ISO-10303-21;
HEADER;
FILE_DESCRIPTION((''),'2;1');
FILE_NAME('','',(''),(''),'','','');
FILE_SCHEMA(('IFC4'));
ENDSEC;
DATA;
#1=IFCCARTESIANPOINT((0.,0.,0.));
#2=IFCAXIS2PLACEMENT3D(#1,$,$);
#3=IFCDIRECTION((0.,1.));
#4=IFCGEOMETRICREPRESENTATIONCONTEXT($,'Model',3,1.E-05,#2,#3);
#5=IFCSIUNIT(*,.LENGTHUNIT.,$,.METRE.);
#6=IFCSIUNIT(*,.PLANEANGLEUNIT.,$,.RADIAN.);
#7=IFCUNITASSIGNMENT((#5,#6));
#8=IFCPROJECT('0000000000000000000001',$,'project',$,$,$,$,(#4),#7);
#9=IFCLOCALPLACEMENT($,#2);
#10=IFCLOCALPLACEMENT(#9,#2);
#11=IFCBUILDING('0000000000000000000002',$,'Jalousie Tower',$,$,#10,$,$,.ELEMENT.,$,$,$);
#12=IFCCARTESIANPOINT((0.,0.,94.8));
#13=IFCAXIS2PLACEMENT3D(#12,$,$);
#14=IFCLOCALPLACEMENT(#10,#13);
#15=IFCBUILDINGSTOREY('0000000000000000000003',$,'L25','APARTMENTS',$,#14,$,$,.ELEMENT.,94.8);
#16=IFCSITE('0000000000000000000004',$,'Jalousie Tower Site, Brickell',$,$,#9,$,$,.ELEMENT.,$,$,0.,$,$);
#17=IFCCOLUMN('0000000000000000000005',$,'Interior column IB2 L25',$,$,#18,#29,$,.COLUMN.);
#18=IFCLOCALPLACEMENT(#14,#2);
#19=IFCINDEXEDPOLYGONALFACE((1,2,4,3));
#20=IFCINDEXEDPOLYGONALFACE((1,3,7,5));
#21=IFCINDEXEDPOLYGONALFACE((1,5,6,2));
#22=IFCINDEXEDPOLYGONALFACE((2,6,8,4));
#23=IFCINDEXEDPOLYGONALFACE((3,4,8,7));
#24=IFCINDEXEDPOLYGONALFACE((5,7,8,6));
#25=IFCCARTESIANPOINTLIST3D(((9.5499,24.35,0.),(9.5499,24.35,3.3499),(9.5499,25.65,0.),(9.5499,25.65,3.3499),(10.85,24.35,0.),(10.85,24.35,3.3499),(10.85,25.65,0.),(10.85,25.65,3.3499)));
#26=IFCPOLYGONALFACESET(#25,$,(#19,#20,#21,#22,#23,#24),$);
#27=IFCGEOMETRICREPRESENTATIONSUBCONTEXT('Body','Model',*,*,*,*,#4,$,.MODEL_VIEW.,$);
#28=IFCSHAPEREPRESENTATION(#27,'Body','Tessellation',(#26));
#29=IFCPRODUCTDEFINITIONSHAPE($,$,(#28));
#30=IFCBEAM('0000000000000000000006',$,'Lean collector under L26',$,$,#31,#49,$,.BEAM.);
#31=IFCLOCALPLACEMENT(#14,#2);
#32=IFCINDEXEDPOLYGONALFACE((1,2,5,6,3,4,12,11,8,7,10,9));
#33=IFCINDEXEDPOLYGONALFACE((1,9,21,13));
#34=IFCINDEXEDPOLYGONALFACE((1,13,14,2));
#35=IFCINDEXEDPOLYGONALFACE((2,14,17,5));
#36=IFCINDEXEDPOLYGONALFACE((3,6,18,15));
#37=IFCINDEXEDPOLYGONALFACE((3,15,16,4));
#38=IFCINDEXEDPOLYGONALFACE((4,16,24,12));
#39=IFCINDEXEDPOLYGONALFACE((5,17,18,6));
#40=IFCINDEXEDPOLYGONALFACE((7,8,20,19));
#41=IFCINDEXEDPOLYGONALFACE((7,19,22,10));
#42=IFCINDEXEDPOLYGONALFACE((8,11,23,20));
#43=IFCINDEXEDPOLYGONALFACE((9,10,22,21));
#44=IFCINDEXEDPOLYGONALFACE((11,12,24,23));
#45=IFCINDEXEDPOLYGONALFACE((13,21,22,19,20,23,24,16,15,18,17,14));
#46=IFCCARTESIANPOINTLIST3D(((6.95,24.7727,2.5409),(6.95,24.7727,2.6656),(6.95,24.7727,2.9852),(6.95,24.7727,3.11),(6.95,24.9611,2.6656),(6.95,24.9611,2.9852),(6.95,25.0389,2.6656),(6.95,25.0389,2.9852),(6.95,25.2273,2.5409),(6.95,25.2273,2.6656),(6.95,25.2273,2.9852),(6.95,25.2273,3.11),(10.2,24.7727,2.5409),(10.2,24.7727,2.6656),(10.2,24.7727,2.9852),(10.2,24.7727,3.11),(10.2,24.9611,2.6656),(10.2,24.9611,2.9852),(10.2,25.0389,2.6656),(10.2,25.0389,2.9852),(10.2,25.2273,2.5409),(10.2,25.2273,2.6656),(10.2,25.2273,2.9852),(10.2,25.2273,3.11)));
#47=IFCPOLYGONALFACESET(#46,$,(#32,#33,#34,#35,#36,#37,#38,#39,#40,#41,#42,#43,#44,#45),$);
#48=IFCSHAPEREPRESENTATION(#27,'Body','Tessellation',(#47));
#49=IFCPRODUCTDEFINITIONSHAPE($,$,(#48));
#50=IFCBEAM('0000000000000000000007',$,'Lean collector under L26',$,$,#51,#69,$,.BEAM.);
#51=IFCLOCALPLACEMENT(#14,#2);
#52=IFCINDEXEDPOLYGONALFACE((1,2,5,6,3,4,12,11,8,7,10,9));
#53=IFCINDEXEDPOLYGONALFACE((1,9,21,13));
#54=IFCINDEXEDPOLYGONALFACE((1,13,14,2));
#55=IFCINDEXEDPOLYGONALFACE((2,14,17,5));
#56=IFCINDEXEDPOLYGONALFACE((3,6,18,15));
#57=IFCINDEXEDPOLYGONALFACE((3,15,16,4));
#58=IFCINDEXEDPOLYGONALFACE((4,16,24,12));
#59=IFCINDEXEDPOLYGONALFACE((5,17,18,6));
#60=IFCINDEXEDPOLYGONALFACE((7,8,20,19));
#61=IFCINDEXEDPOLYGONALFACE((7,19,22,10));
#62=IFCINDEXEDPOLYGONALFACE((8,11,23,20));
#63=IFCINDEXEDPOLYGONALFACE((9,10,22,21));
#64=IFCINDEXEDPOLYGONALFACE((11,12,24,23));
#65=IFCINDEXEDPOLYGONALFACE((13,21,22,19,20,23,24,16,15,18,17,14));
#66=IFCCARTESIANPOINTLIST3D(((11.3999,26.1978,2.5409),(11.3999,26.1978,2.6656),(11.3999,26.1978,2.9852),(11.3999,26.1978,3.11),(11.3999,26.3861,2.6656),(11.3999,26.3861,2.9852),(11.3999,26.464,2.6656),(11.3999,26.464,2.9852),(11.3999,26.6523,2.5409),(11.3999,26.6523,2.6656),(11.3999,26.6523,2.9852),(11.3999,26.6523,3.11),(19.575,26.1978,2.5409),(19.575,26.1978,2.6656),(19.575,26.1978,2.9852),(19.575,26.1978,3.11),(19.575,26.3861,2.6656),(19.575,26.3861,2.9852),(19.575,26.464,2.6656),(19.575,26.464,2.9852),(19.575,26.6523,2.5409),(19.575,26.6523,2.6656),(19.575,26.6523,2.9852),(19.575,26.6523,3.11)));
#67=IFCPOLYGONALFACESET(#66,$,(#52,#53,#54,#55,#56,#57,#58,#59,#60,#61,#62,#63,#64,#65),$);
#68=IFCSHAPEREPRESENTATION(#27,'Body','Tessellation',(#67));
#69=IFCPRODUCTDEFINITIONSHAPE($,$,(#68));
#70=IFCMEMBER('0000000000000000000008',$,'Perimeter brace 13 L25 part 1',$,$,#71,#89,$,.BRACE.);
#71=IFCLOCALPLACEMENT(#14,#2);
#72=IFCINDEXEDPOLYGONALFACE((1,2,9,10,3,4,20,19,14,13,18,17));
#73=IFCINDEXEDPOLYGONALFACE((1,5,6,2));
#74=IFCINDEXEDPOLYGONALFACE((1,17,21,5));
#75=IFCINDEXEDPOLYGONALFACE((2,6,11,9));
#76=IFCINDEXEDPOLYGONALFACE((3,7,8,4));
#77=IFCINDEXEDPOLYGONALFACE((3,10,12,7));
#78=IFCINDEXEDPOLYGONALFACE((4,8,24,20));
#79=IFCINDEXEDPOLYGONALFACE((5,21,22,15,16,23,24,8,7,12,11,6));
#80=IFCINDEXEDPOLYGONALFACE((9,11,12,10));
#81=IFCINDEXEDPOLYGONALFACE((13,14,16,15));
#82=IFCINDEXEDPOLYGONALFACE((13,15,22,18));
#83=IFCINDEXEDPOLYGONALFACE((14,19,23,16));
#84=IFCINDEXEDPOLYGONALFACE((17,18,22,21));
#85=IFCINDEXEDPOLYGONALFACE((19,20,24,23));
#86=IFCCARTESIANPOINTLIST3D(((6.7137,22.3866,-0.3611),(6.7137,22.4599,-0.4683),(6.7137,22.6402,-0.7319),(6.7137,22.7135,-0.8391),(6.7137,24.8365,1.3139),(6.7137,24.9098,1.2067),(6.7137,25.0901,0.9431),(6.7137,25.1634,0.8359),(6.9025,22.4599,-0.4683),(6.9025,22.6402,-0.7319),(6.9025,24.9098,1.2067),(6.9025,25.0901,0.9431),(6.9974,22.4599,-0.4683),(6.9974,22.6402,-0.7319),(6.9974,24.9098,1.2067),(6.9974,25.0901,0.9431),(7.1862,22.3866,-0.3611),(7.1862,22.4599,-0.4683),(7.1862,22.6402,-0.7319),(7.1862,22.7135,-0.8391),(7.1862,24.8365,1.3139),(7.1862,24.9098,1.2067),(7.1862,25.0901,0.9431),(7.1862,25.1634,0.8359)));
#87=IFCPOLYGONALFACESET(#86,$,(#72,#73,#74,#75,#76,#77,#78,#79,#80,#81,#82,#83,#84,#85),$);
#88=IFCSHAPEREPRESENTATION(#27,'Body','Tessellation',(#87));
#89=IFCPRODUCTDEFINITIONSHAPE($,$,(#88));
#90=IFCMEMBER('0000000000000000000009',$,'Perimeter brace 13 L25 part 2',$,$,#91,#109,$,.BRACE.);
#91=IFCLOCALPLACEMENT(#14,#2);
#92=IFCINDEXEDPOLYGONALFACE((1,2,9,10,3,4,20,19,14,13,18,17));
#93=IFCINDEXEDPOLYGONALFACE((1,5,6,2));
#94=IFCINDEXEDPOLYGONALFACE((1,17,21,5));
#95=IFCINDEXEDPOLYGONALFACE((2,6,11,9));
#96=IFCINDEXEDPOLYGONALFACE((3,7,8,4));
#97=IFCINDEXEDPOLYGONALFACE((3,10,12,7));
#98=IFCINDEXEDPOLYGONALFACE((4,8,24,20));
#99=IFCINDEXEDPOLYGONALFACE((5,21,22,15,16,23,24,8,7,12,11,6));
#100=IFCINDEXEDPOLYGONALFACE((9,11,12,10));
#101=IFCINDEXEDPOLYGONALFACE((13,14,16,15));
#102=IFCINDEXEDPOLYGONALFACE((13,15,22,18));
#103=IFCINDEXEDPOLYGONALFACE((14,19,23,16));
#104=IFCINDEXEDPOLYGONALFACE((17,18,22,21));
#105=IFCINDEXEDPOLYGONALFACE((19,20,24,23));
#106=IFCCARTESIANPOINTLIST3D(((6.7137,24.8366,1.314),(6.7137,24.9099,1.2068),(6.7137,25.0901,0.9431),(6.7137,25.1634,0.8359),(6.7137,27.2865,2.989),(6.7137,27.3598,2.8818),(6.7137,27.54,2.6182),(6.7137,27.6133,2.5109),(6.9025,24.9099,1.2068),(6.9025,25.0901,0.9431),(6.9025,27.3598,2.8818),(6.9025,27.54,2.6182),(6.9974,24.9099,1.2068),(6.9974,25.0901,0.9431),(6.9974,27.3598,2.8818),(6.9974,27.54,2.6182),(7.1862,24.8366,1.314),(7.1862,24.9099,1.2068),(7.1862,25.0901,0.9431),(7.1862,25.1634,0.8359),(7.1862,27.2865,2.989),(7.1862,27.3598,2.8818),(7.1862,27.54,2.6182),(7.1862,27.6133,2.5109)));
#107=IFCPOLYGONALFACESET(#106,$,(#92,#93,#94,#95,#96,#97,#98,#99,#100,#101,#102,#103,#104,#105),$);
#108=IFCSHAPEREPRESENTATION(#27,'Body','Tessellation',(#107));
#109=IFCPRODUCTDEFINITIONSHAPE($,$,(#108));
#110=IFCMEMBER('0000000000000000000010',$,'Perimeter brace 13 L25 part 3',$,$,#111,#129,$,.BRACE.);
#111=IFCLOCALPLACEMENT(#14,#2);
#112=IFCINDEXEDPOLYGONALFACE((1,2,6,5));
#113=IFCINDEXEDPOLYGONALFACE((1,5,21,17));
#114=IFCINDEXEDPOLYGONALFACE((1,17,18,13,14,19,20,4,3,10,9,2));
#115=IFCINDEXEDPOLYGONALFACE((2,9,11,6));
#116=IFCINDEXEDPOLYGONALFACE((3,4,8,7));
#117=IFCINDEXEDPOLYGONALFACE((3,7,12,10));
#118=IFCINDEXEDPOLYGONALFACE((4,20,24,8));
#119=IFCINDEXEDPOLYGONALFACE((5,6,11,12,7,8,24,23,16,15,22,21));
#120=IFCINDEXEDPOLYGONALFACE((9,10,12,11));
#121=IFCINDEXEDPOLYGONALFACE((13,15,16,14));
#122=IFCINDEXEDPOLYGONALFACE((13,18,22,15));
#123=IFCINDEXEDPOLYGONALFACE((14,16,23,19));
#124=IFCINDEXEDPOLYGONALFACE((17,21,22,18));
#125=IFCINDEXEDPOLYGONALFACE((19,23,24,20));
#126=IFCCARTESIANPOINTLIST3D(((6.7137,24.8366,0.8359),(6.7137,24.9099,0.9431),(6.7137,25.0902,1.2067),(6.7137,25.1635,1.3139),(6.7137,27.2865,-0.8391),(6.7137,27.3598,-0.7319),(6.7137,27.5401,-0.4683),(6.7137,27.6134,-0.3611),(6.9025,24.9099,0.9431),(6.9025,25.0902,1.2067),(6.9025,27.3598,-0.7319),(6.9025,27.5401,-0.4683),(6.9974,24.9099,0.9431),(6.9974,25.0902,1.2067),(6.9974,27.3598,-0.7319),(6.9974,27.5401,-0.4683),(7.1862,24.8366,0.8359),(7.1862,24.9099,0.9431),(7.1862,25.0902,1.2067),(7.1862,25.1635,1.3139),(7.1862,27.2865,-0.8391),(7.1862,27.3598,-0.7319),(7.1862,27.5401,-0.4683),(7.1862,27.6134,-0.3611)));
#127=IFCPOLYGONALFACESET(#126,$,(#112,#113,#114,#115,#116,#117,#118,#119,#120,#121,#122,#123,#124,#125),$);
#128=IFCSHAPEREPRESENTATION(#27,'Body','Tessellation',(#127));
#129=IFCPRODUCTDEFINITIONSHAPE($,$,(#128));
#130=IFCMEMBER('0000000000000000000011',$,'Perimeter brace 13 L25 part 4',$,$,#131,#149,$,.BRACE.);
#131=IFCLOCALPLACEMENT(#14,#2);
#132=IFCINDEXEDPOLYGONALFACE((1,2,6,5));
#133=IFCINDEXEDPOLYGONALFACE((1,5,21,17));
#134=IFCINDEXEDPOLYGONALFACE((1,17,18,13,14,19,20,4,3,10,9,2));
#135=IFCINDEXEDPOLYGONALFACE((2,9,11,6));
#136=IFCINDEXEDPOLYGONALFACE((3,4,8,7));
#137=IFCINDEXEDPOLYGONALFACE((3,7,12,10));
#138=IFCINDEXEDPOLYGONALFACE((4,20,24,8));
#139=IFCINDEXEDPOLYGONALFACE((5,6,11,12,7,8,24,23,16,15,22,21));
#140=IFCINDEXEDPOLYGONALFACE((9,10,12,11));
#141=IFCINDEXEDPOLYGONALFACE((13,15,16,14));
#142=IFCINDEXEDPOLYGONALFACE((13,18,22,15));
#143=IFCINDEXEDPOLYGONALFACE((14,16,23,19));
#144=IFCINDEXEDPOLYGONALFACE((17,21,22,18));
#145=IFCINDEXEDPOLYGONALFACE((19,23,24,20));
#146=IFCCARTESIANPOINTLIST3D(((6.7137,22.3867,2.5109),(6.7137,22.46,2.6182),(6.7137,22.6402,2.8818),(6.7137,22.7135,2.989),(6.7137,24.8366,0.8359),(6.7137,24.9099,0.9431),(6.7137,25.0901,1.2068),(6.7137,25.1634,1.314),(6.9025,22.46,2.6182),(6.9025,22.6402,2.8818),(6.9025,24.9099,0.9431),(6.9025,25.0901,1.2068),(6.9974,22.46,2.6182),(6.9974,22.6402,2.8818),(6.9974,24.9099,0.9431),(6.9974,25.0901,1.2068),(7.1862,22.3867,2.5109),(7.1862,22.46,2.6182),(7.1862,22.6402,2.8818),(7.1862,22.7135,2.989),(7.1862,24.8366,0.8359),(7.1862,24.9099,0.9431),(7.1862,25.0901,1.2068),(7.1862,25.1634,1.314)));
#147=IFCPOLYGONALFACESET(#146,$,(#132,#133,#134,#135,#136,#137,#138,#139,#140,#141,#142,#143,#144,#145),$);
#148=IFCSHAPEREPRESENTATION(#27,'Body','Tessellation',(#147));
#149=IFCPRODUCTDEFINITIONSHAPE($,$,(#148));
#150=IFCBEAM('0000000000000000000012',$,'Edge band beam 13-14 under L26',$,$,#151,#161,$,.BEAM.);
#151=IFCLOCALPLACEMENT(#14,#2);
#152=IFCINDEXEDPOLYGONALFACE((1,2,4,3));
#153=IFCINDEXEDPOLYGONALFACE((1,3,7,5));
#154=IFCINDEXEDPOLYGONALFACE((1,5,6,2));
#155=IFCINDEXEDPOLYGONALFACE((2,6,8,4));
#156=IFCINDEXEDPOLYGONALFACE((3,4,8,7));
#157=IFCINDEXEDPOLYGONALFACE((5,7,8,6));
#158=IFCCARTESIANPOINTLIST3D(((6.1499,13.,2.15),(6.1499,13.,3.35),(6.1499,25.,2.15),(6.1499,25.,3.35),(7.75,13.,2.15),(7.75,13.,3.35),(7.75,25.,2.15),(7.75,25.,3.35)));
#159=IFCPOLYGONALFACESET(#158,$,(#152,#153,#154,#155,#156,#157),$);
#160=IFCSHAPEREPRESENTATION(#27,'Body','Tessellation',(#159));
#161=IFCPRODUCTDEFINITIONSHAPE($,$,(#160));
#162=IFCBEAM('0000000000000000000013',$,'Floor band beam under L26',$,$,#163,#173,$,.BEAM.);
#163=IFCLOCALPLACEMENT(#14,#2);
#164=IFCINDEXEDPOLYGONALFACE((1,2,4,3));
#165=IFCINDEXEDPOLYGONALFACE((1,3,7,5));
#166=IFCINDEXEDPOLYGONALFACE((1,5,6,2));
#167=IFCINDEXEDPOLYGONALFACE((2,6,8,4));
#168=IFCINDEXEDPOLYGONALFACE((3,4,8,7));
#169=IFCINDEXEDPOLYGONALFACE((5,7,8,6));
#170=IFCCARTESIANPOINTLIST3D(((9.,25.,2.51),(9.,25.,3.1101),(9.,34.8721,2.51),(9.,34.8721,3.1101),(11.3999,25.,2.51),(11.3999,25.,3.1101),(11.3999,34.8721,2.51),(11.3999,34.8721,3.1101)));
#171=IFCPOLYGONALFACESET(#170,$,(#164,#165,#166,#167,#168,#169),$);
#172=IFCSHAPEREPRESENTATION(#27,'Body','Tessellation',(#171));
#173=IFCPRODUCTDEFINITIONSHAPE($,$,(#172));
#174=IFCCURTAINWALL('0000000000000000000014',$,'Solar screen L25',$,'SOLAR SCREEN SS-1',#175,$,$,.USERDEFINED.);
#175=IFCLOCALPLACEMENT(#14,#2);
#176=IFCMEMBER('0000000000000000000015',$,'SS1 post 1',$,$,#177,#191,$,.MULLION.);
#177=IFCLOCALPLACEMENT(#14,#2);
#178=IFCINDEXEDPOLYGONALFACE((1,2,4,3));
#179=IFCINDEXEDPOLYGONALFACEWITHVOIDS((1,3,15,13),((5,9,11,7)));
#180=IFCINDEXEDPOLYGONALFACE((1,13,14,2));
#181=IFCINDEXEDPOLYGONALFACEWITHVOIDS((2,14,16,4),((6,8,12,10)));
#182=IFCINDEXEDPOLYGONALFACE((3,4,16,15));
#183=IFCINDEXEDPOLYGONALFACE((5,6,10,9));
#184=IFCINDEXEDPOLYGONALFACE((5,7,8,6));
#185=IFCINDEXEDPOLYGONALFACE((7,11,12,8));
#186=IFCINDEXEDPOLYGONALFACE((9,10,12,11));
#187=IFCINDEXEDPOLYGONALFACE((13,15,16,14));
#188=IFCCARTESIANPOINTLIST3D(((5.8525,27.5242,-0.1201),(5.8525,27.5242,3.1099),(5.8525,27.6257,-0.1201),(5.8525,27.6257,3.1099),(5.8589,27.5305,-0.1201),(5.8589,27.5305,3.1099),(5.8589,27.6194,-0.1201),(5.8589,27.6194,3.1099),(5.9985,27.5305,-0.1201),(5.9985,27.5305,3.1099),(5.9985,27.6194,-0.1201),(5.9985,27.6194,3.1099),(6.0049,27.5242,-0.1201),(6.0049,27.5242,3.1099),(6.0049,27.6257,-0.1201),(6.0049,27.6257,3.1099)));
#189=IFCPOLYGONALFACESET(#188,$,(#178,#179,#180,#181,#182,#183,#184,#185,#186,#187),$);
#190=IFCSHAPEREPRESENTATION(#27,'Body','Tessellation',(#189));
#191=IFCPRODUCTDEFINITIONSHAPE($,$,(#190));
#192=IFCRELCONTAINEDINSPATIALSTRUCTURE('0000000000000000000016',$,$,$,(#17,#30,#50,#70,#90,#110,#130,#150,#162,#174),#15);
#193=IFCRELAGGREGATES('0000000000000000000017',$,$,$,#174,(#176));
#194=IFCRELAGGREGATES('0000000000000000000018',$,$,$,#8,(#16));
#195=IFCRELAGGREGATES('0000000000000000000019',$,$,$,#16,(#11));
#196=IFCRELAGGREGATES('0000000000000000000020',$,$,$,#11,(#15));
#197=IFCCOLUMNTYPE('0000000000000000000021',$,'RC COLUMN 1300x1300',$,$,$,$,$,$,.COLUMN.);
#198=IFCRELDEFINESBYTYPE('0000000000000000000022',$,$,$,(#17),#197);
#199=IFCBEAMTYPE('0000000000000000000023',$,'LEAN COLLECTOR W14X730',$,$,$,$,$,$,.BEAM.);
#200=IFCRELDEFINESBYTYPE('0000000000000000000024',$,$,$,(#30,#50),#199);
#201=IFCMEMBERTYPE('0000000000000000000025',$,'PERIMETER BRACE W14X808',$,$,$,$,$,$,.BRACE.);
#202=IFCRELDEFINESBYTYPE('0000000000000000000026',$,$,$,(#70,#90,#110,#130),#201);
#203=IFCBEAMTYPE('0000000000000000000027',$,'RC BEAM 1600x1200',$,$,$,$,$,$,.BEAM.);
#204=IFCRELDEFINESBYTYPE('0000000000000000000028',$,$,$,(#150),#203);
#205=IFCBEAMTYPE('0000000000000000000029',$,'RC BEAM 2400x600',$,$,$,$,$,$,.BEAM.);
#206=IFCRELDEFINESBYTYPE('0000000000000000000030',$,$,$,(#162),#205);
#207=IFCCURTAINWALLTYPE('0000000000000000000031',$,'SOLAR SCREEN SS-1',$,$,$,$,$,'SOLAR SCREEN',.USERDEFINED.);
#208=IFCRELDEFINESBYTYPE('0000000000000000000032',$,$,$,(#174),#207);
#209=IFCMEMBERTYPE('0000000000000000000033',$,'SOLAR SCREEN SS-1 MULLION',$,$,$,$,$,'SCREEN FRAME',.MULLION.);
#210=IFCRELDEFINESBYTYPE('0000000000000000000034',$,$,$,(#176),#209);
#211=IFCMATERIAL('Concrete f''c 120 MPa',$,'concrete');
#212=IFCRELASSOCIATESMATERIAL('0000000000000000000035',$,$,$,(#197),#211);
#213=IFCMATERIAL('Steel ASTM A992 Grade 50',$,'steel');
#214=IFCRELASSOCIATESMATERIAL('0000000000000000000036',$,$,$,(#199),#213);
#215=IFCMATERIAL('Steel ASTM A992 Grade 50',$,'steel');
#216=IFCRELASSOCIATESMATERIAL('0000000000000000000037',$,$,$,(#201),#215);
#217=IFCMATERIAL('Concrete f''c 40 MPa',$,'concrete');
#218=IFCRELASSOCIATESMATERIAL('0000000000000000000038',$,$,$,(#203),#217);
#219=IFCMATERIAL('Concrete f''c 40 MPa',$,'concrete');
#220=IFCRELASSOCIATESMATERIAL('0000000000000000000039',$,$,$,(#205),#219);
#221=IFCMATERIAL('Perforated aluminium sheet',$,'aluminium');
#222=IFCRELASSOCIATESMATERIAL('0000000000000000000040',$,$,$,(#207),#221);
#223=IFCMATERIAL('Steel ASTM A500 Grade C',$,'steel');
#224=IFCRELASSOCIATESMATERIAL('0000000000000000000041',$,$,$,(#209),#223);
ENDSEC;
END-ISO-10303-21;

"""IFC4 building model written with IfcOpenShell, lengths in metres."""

from ifc_helpers import new_model, si_unit, direction, frame, origin, origin_2d, place, context, subcontext, project, spatial, rectangle, hollow_rectangle, i_section, extrude, material, material_profile, profile_set, type_object, element, aggregate, save


model = new_model("IFC4")

# Units and contexts
model_context = context("Model", 3, precision=1e-05, world=origin(), true_north=direction((0.0, 1.0)))
body_context = subcontext(model_context, "Body", "Model", "MODEL_VIEW")
ifc_project = project(units=[si_unit("LENGTHUNIT", "METRE"), si_unit("PLANEANGLEUNIT", "RADIAN")], contexts=[model_context])

# Site, building, storey
site_placement = place(None, origin())
site = spatial("IfcSite", under=ifc_project, at=site_placement, Name="Jalousie Tower Site, Brickell", CompositionType="ELEMENT", RefElevation=0.0)
building_placement = place(site_placement, origin())
building = spatial("IfcBuilding", under=site, at=building_placement, Name="Jalousie Tower", CompositionType="ELEMENT")
storey_placement = place(building_placement, frame((0.0, 0.0, 94.8)))
storey = spatial("IfcBuildingStorey", under=building, at=storey_placement, Name="L25", Description="APARTMENTS", CompositionType="ELEMENT", Elevation=94.8)

# Column
ifc_material_1 = material(Name="Concrete f'c 120 MPa", Category="concrete")
ifc_material_profile_1 = material_profile(ifc_material_1, rectangle(XDim=1.3, YDim=1.3, at=origin_2d()), Name="RC 1300x1300")
ifc_profile_set_1 = profile_set([ifc_material_profile_1], Name="Concrete f'c 120 MPa")
column_type = type_object("IfcColumnType", Name="RC COLUMN 1300x1300", PredefinedType="COLUMN", material=ifc_profile_set_1)
column_placement = place(storey_placement, frame((10.2, 25.0, 0.0), z_axis=(0.0, 0.0, 1.0), x_axis=(1.0, 0.0, 0.0)))
element("IfcColumn", 1, at=column_placement, inside=storey, type_object=column_type, Name="Interior column IB2 L25", PredefinedType="COLUMN", context=body_context, shape_type="SweptSolid", body=[
    extrude(rectangle(XDim=1.3, YDim=1.3, at=origin_2d()), origin(), (0.0, 0.0, 1.0), 3.3499),
])

# Beams
ifc_material_2 = material(Name="Steel ASTM A992 Grade 50", Category="steel")
ifc_material_profile_2 = material_profile(ifc_material_2, i_section(OverallWidth=0.4546, OverallDepth=0.5691, WebThickness=0.0779, FlangeThickness=0.1248, at=origin_2d()), Name="W14X730")
ifc_profile_set_2 = profile_set([ifc_material_profile_2], Name="Steel ASTM A992 Grade 50")
beam_type_1 = type_object("IfcBeamType", Name="LEAN COLLECTOR W14X730", PredefinedType="BEAM", material=ifc_profile_set_2)
beam_1_placement = place(storey_placement, frame((6.95, 25.0, 2.8254), z_axis=(1.0, 0.0, 0.0), x_axis=(0.0, 1.0, 0.0)))
element("IfcBeam", 2, at=beam_1_placement, inside=storey, type_object=beam_type_1, Name="Lean collector under L26", PredefinedType="BEAM", context=body_context, shape_type="SweptSolid", body=[
    extrude(i_section(OverallWidth=0.4546, OverallDepth=0.5691, WebThickness=0.0779, FlangeThickness=0.1248, at=origin_2d()), origin(), (0.0, 0.0, 1.0), 3.25),
])
beam_2_placement = place(storey_placement, frame((11.3999, 26.425, 2.8254), z_axis=(1.0, 0.0, 0.0), x_axis=(0.0, 1.0, 0.0)))
element("IfcBeam", 3, at=beam_2_placement, inside=storey, type_object=beam_type_1, Name="Lean collector under L26", PredefinedType="BEAM", context=body_context, shape_type="SweptSolid", body=[
    extrude(i_section(OverallWidth=0.4546, OverallDepth=0.5691, WebThickness=0.0779, FlangeThickness=0.1248, at=origin_2d()), origin(), (0.0, 0.0, 1.0), 8.175),
])

# Members
ifc_material_3 = material(Name="Steel ASTM A992 Grade 50", Category="steel")
ifc_material_profile_3 = material_profile(ifc_material_3, i_section(OverallWidth=0.4724, OverallDepth=0.5791, WebThickness=0.095, FlangeThickness=0.1299, at=origin_2d()), Name="W14X808")
ifc_profile_set_3 = profile_set([ifc_material_profile_3], Name="Steel ASTM A992 Grade 50")
member_type_1 = type_object("IfcMemberType", Name="PERIMETER BRACE W14X808", PredefinedType="BRACE", material=ifc_profile_set_3)
for number, where, z_axis, x_axis, name in (
    (4, (6.95, 22.55, -0.6001), (0.0, 0.825501, 0.564401), (-1.0, 0.0, 0.0), "Perimeter brace 13 L25 part 1"),
    (5, (6.95, 25.0, 1.075), (0.0, 0.825501, 0.564401), (-1.0, 0.0, 0.0), "Perimeter brace 13 L25 part 2"),
    (6, (6.95, 27.45, -0.6001), (0.0, -0.825501, 0.564401), (1.0, 0.0, 0.0), "Perimeter brace 13 L25 part 3"),
    (7, (6.95, 25.0, 1.075), (0.0, -0.825501, 0.564401), (1.0, 0.0, 0.0), "Perimeter brace 13 L25 part 4"),
):
    element("IfcMember", number, at=place(storey_placement, frame(where, z_axis=z_axis, x_axis=x_axis)), inside=storey, type_object=member_type_1, Name=name, PredefinedType="BRACE", context=body_context, shape_type="SweptSolid", body=[
        extrude(i_section(OverallWidth=0.4724, OverallDepth=0.5791, WebThickness=0.095, FlangeThickness=0.1299, at=origin_2d()), origin(), (0.0, 0.0, 1.0), 2.9678),
    ])

# Beams
ifc_material_4 = material(Name="Concrete f'c 40 MPa", Category="concrete")
ifc_material_profile_4 = material_profile(ifc_material_4, rectangle(XDim=1.6001, YDim=1.2, at=origin_2d()), Name="RC 1600x1200")
ifc_profile_set_4 = profile_set([ifc_material_profile_4], Name="Concrete f'c 40 MPa")
beam_type_2 = type_object("IfcBeamType", Name="RC BEAM 1600x1200", PredefinedType="BEAM", material=ifc_profile_set_4)
beam_3_placement = place(storey_placement, frame((6.95, 25.0, 2.75), z_axis=(0.0, -1.0, 0.0), x_axis=(1.0, 0.0, 0.0)))
element("IfcBeam", 8, at=beam_3_placement, inside=storey, type_object=beam_type_2, Name="Edge band beam 13-14 under L26", PredefinedType="BEAM", context=body_context, shape_type="SweptSolid", body=[
    extrude(rectangle(XDim=1.6001, YDim=1.2, at=origin_2d()), origin(), (0.0, 0.0, 1.0), 12.0),
])
ifc_material_5 = material(Name="Concrete f'c 40 MPa", Category="concrete")
ifc_material_profile_5 = material_profile(ifc_material_5, rectangle(XDim=2.3999, YDim=0.6001, at=origin_2d()), Name="RC 2400x600")
ifc_profile_set_5 = profile_set([ifc_material_profile_5], Name="Concrete f'c 40 MPa")
beam_type_3 = type_object("IfcBeamType", Name="RC BEAM 2400x600", PredefinedType="BEAM", material=ifc_profile_set_5)
beam_4_placement = place(storey_placement, frame((10.2, 25.0, 2.8101), z_axis=(0.0, 1.0, 0.0), x_axis=(-1.0, 0.0, 0.0)))
element("IfcBeam", 9, at=beam_4_placement, inside=storey, type_object=beam_type_3, Name="Floor band beam under L26", PredefinedType="BEAM", context=body_context, shape_type="SweptSolid", body=[
    extrude(rectangle(XDim=2.3999, YDim=0.6001, at=origin_2d()), origin(), (0.0, 0.0, 1.0), 9.8721),
])

# Curtain wall, member
ifc_material_6 = material(Name="Perforated aluminium sheet", Category="aluminium")
curtain_wall_type = type_object("IfcCurtainWallType", Name="SOLAR SCREEN SS-1", ElementType="SOLAR SCREEN", PredefinedType="USERDEFINED", material=ifc_material_6)
curtain_wall_placement = place(storey_placement, origin())
curtain_wall = element("IfcCurtainWall", 10, at=curtain_wall_placement, inside=storey, type_object=curtain_wall_type, Name="Solar screen L25", ObjectType="SOLAR SCREEN SS-1", PredefinedType="USERDEFINED")
ifc_material_7 = material(Name="Steel ASTM A500 Grade C", Category="steel")
ifc_material_profile_6 = material_profile(ifc_material_7, hollow_rectangle(XDim=0.1016, YDim=0.1523, WallThickness=0.0063, at=origin_2d()), Name="HSS6X4X1/4")
ifc_profile_set_6 = profile_set([ifc_material_profile_6], Name="Steel ASTM A500 Grade C")
member_type_2 = type_object("IfcMemberType", Name="SOLAR SCREEN SS-1 MULLION", ElementType="SCREEN FRAME", PredefinedType="MULLION", material=ifc_profile_set_6)
member_1_placement = place(storey_placement, frame((5.9287, 27.575, -0.1201), z_axis=(0.0, 0.0, 1.0), x_axis=(0.0, -1.0, 0.0)))
member_1 = element("IfcMember", 11, at=member_1_placement, type_object=member_type_2, Name="SS1 post 1", PredefinedType="MULLION", context=body_context, shape_type="SweptSolid", body=[
    extrude(hollow_rectangle(XDim=0.1016, YDim=0.1523, WallThickness=0.0063, at=origin_2d()), origin(), (0.0, 0.0, 1.0), 3.23),
])
aggregate(curtain_wall, [member_1])

save(model, "model.ifc")
